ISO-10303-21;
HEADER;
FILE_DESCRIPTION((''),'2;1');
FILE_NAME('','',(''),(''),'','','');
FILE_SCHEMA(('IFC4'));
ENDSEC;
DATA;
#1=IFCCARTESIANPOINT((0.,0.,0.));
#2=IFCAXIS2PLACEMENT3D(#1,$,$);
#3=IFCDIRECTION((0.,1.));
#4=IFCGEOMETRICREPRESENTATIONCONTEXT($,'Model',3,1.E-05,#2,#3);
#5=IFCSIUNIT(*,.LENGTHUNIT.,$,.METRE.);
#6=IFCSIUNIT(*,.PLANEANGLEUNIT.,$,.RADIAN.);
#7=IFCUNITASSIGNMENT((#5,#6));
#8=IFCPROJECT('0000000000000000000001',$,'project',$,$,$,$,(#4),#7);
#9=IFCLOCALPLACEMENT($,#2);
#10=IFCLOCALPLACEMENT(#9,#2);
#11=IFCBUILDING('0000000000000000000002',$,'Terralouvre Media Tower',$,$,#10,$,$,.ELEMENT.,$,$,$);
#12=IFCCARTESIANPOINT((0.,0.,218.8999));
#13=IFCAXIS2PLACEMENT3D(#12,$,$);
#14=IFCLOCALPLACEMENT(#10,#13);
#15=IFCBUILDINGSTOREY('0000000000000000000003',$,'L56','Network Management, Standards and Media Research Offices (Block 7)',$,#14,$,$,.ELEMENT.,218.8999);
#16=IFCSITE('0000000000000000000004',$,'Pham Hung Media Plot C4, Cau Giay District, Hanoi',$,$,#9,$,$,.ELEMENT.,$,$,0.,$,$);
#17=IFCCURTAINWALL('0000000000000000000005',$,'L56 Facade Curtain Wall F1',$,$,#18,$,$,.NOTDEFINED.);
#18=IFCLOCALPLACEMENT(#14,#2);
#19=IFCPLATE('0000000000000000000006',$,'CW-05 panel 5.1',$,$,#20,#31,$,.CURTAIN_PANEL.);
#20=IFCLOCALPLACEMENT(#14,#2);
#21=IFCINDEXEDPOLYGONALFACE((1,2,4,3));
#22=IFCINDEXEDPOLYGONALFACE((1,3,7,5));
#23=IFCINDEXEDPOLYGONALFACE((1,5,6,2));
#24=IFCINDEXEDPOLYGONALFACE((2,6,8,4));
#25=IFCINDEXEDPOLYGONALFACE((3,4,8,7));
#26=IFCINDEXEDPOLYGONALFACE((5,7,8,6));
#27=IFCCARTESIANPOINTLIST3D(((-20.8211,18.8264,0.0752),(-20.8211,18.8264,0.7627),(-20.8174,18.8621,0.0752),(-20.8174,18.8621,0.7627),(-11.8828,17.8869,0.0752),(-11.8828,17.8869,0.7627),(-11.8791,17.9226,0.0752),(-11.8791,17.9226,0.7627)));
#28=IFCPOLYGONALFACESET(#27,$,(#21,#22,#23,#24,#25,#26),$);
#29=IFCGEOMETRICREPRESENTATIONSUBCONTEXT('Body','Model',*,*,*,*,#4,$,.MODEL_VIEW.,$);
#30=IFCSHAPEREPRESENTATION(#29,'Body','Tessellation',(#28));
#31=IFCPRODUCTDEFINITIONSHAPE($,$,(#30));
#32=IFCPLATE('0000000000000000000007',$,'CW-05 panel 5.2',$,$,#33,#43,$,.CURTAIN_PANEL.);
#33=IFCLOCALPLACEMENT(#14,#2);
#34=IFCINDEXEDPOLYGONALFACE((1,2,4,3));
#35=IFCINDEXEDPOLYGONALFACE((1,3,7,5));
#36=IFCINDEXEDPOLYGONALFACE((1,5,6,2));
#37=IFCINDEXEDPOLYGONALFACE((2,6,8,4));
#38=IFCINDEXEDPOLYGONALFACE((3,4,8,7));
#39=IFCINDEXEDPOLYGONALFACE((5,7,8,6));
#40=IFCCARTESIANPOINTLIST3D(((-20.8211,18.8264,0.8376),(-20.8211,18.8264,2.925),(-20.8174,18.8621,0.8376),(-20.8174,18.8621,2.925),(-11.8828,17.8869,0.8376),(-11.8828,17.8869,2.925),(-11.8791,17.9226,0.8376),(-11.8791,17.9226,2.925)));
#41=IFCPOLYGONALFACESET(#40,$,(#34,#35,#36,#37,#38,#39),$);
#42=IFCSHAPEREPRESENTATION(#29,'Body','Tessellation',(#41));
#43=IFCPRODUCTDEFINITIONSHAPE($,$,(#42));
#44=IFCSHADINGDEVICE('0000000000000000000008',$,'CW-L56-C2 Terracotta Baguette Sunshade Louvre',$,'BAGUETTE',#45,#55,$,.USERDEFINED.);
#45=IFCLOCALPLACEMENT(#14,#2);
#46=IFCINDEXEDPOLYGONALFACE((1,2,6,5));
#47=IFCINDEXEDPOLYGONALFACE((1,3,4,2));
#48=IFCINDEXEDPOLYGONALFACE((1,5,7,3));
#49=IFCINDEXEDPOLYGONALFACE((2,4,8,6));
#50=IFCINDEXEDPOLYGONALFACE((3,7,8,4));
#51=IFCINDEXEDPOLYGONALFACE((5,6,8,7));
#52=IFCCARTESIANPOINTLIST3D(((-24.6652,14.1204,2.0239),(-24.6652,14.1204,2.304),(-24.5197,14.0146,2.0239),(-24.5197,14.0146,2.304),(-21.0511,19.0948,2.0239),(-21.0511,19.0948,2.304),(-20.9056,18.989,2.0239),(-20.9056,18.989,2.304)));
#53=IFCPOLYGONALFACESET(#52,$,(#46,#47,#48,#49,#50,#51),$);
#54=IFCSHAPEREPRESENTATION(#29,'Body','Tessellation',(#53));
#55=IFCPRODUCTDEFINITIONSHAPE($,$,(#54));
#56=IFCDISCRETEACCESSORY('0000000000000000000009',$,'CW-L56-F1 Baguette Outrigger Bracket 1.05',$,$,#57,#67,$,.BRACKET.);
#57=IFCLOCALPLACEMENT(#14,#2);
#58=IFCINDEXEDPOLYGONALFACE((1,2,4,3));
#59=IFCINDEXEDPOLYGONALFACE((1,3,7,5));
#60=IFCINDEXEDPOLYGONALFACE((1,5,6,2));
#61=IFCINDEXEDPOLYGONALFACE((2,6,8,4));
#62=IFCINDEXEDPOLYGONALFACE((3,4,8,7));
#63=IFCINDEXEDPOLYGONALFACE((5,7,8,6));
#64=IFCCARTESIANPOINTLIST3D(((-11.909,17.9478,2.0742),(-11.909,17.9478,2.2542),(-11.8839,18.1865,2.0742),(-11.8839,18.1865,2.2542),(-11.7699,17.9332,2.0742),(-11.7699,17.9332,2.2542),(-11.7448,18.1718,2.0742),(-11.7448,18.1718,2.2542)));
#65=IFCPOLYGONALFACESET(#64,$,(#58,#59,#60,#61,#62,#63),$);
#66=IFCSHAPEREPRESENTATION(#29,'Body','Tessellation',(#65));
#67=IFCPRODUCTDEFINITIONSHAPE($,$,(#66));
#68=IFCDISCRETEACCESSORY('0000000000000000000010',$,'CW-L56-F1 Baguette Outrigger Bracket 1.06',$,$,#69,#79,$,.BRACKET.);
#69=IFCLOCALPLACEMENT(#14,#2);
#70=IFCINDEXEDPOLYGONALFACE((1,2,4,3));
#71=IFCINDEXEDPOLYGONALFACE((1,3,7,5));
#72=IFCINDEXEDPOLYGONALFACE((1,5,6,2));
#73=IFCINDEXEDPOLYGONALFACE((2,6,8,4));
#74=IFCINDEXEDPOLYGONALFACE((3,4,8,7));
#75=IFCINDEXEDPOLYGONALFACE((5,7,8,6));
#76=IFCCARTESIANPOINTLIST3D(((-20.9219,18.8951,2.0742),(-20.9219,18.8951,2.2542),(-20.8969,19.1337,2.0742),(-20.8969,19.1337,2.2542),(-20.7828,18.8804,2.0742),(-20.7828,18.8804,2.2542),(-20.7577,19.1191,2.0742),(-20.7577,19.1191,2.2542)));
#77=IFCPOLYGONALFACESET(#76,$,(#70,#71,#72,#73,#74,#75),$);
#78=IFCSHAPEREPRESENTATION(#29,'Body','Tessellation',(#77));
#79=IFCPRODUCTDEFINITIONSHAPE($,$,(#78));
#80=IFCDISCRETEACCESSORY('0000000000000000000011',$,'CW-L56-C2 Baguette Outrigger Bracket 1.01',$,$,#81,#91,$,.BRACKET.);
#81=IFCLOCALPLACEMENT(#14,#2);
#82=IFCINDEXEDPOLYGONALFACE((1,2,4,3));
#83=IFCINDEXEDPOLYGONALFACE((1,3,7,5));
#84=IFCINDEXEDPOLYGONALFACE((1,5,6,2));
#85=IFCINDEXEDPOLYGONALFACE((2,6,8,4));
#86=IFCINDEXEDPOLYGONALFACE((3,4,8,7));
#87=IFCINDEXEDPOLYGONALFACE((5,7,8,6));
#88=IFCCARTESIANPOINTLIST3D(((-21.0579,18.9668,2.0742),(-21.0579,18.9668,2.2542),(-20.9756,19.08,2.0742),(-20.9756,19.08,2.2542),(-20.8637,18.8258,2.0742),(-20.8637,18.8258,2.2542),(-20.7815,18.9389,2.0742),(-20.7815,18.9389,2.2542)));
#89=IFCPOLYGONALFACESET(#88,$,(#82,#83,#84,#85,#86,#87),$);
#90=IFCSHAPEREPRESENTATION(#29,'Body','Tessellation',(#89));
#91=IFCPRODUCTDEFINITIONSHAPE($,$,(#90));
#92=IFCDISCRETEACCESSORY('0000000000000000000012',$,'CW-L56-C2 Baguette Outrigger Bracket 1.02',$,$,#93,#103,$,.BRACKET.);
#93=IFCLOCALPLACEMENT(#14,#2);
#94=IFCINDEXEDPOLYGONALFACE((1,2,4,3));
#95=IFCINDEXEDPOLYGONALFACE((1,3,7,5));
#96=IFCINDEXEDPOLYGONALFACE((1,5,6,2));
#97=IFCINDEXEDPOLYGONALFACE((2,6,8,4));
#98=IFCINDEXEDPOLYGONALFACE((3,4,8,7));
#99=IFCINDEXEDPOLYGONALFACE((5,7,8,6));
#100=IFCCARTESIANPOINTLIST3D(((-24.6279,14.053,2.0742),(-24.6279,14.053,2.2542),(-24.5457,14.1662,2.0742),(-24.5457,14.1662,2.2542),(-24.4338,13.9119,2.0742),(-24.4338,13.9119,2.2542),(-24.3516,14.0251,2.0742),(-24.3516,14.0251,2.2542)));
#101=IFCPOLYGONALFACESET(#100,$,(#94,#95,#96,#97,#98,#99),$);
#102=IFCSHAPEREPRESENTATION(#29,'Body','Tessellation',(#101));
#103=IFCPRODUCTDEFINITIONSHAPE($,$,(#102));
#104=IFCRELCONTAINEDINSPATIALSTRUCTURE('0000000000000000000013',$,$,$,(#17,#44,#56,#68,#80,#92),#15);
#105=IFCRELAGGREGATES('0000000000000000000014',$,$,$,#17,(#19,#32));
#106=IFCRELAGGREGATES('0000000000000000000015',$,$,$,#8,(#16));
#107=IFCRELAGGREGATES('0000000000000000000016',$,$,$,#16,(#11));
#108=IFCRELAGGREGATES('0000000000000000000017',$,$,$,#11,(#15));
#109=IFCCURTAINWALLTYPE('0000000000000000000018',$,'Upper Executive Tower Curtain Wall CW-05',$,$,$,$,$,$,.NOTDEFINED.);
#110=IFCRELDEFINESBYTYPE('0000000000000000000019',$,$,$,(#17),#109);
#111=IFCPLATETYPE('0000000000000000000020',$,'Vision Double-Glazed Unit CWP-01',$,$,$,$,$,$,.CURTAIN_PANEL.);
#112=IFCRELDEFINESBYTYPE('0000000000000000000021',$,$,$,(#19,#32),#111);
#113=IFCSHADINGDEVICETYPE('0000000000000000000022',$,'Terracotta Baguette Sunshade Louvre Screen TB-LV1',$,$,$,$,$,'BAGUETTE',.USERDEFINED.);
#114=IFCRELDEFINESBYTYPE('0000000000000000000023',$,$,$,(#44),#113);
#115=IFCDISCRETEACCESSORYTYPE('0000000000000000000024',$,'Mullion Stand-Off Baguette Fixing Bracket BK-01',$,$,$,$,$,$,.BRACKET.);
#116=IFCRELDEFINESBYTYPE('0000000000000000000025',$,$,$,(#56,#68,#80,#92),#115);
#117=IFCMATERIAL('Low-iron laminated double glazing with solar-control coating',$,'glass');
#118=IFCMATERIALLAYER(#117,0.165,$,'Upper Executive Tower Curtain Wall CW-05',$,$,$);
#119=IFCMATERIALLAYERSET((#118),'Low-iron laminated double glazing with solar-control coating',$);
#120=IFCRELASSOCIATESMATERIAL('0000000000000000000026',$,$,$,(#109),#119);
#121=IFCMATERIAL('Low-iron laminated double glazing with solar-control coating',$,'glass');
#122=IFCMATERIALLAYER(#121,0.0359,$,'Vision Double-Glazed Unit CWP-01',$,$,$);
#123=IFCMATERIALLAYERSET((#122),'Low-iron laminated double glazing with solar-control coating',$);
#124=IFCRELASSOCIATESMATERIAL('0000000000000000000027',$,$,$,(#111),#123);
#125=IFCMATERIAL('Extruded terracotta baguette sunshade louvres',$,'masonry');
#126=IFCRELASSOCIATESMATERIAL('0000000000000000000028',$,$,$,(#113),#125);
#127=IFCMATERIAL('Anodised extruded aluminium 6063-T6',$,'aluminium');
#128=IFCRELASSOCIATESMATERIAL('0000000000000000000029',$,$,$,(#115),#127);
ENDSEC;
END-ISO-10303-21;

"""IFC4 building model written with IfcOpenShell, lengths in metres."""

from ifc_helpers import new_model, si_unit, direction, frame, origin, origin_2d, place, context, subcontext, project, spatial, rectangle, extrude, material, layer, layer_set, type_object, element, aggregate, save


model = new_model("IFC4")

# Units and contexts
model_context = context("Model", 3, precision=1e-05, world=origin(), true_north=direction((0.0, 1.0)))
body_context = subcontext(model_context, "Body", "Model", "MODEL_VIEW")
ifc_project = project(units=[si_unit("LENGTHUNIT", "METRE"), si_unit("PLANEANGLEUNIT", "RADIAN")], contexts=[model_context])

# Site, building, storey
site_placement = place(None, origin())
site = spatial("IfcSite", under=ifc_project, at=site_placement, Name="Pham Hung Media Plot C4, Cau Giay District, Hanoi", CompositionType="ELEMENT", RefElevation=0.0)
building_placement = place(site_placement, origin())
building = spatial("IfcBuilding", under=site, at=building_placement, Name="Terralouvre Media Tower", CompositionType="ELEMENT")
storey_placement = place(building_placement, frame((0.0, 0.0, 218.8999)))
storey = spatial("IfcBuildingStorey", under=building, at=storey_placement, Name="L56", Description="Network Management, Standards and Media Research Offices (Block 7)", CompositionType="ELEMENT", Elevation=218.8999)

# Curtain wall
ifc_material_1 = material(Name="Low-iron laminated double glazing with solar-control coating", Category="glass")
ifc_layer_1 = layer(ifc_material_1, 0.165, Name="Upper Executive Tower Curtain Wall CW-05")
ifc_layer_set_1 = layer_set([ifc_layer_1], Name="Low-iron laminated double glazing with solar-control coating")
curtain_wall_type_1 = type_object("IfcCurtainWallType", Name="Upper Executive Tower Curtain Wall CW-05", PredefinedType="NOTDEFINED", material=ifc_layer_set_1)
curtain_wall_1_placement = place(storey_placement, origin())
curtain_wall_1 = element("IfcCurtainWall", 1, at=curtain_wall_1_placement, inside=storey, type_object=curtain_wall_type_1, Name="L56 Facade Curtain Wall F1", PredefinedType="NOTDEFINED")

# Plates
ifc_material_2 = material(Name="Low-iron laminated double glazing with solar-control coating", Category="glass")
ifc_layer_2 = layer(ifc_material_2, 0.0359, Name="Vision Double-Glazed Unit CWP-01")
ifc_layer_set_2 = layer_set([ifc_layer_2], Name="Low-iron laminated double glazing with solar-control coating")
plate_type_1 = type_object("IfcPlateType", Name="Vision Double-Glazed Unit CWP-01", PredefinedType="CURTAIN_PANEL", material=ifc_layer_set_2)
plate_1_placement = place(storey_placement, frame((-16.3501, 18.3745, 0.0752), z_axis=(0.0, 0.0, 1.0), x_axis=(-0.994522, 0.104529, 0.0)))
plate_1 = element("IfcPlate", 2, at=plate_1_placement, type_object=plate_type_1, Name="CW-05 panel 5.1", PredefinedType="CURTAIN_PANEL", context=body_context, shape_type="SweptSolid", body=[
    extrude(rectangle(XDim=8.9875, YDim=0.0359, at=origin_2d()), origin(), (0.0, 0.0, 1.0), 0.6875),
])
plate_2_placement = place(storey_placement, frame((-16.3501, 18.3745, 0.8376), z_axis=(0.0, 0.0, 1.0), x_axis=(-0.994522, 0.104529, 0.0)))
plate_2 = element("IfcPlate", 3, at=plate_2_placement, type_object=plate_type_1, Name="CW-05 panel 5.2", PredefinedType="CURTAIN_PANEL", context=body_context, shape_type="SweptSolid", body=[
    extrude(rectangle(XDim=8.9875, YDim=0.0359, at=origin_2d()), origin(), (0.0, 0.0, 1.0), 2.0874),
])
aggregate(curtain_wall_1, [plate_1, plate_2])

# Shading device
ifc_material_3 = material(Name="Extruded terracotta baguette sunshade louvres", Category="masonry")
shading_device_type = type_object("IfcShadingDeviceType", Name="Terracotta Baguette Sunshade Louvre Screen TB-LV1", ElementType="BAGUETTE", PredefinedType="USERDEFINED", material=ifc_material_3)
shading_device_placement = place(storey_placement, frame((-22.7854, 16.5547, 2.0239), z_axis=(0.0, 0.0, 1.0), x_axis=(-0.587786, -0.809017, 0.0)))
element("IfcShadingDevice", 4, at=shading_device_placement, inside=storey, type_object=shading_device_type, Name="CW-L56-C2 Terracotta Baguette Sunshade Louvre", ObjectType="BAGUETTE", PredefinedType="USERDEFINED", context=body_context, shape_type="SweptSolid", body=[
    extrude(rectangle(XDim=6.1487, YDim=0.1799, at=origin_2d()), origin(), (0.0, 0.0, 1.0), 0.28),
])

# Discrete accessories
ifc_material_4 = material(Name="Anodised extruded aluminium 6063-T6", Category="aluminium")
discrete_accessory_type = type_object("IfcDiscreteAccessoryType", Name="Mullion Stand-Off Baguette Fixing Bracket BK-01", PredefinedType="BRACKET", material=ifc_material_4)
for number, where, z_axis, x_axis, name in (
    (5, (-11.8269, 18.0598, 2.0742), (0.0, 0.0, 1.0), (-0.994522, 0.104529, 0.0), "CW-L56-F1 Baguette Outrigger Bracket 1.05"),
    (6, (-20.8398, 19.0071, 2.0742), (0.0, 0.0, 1.0), (-0.994522, 0.104529, 0.0), "CW-L56-F1 Baguette Outrigger Bracket 1.06"),
    (7, (-20.9197, 18.9529, 2.0742), (0.0, 0.0, 1.0), (-0.587786, -0.809017, 0.0), "CW-L56-C2 Baguette Outrigger Bracket 1.01"),
    (8, (-24.4897, 14.0391, 2.0742), (0.0, 0.0, 1.0), (-0.587786, -0.809017, 0.0), "CW-L56-C2 Baguette Outrigger Bracket 1.02"),
):
    element("IfcDiscreteAccessory", number, at=place(storey_placement, frame(where, z_axis=z_axis, x_axis=x_axis)), inside=storey, type_object=discrete_accessory_type, Name=name, PredefinedType="BRACKET", context=body_context, shape_type="SweptSolid", body=[
        extrude(rectangle(XDim=0.1399, YDim=0.24, at=origin_2d()), origin(), (0.0, 0.0, 1.0), 0.1799),
    ])

save(model, "model.ifc")
